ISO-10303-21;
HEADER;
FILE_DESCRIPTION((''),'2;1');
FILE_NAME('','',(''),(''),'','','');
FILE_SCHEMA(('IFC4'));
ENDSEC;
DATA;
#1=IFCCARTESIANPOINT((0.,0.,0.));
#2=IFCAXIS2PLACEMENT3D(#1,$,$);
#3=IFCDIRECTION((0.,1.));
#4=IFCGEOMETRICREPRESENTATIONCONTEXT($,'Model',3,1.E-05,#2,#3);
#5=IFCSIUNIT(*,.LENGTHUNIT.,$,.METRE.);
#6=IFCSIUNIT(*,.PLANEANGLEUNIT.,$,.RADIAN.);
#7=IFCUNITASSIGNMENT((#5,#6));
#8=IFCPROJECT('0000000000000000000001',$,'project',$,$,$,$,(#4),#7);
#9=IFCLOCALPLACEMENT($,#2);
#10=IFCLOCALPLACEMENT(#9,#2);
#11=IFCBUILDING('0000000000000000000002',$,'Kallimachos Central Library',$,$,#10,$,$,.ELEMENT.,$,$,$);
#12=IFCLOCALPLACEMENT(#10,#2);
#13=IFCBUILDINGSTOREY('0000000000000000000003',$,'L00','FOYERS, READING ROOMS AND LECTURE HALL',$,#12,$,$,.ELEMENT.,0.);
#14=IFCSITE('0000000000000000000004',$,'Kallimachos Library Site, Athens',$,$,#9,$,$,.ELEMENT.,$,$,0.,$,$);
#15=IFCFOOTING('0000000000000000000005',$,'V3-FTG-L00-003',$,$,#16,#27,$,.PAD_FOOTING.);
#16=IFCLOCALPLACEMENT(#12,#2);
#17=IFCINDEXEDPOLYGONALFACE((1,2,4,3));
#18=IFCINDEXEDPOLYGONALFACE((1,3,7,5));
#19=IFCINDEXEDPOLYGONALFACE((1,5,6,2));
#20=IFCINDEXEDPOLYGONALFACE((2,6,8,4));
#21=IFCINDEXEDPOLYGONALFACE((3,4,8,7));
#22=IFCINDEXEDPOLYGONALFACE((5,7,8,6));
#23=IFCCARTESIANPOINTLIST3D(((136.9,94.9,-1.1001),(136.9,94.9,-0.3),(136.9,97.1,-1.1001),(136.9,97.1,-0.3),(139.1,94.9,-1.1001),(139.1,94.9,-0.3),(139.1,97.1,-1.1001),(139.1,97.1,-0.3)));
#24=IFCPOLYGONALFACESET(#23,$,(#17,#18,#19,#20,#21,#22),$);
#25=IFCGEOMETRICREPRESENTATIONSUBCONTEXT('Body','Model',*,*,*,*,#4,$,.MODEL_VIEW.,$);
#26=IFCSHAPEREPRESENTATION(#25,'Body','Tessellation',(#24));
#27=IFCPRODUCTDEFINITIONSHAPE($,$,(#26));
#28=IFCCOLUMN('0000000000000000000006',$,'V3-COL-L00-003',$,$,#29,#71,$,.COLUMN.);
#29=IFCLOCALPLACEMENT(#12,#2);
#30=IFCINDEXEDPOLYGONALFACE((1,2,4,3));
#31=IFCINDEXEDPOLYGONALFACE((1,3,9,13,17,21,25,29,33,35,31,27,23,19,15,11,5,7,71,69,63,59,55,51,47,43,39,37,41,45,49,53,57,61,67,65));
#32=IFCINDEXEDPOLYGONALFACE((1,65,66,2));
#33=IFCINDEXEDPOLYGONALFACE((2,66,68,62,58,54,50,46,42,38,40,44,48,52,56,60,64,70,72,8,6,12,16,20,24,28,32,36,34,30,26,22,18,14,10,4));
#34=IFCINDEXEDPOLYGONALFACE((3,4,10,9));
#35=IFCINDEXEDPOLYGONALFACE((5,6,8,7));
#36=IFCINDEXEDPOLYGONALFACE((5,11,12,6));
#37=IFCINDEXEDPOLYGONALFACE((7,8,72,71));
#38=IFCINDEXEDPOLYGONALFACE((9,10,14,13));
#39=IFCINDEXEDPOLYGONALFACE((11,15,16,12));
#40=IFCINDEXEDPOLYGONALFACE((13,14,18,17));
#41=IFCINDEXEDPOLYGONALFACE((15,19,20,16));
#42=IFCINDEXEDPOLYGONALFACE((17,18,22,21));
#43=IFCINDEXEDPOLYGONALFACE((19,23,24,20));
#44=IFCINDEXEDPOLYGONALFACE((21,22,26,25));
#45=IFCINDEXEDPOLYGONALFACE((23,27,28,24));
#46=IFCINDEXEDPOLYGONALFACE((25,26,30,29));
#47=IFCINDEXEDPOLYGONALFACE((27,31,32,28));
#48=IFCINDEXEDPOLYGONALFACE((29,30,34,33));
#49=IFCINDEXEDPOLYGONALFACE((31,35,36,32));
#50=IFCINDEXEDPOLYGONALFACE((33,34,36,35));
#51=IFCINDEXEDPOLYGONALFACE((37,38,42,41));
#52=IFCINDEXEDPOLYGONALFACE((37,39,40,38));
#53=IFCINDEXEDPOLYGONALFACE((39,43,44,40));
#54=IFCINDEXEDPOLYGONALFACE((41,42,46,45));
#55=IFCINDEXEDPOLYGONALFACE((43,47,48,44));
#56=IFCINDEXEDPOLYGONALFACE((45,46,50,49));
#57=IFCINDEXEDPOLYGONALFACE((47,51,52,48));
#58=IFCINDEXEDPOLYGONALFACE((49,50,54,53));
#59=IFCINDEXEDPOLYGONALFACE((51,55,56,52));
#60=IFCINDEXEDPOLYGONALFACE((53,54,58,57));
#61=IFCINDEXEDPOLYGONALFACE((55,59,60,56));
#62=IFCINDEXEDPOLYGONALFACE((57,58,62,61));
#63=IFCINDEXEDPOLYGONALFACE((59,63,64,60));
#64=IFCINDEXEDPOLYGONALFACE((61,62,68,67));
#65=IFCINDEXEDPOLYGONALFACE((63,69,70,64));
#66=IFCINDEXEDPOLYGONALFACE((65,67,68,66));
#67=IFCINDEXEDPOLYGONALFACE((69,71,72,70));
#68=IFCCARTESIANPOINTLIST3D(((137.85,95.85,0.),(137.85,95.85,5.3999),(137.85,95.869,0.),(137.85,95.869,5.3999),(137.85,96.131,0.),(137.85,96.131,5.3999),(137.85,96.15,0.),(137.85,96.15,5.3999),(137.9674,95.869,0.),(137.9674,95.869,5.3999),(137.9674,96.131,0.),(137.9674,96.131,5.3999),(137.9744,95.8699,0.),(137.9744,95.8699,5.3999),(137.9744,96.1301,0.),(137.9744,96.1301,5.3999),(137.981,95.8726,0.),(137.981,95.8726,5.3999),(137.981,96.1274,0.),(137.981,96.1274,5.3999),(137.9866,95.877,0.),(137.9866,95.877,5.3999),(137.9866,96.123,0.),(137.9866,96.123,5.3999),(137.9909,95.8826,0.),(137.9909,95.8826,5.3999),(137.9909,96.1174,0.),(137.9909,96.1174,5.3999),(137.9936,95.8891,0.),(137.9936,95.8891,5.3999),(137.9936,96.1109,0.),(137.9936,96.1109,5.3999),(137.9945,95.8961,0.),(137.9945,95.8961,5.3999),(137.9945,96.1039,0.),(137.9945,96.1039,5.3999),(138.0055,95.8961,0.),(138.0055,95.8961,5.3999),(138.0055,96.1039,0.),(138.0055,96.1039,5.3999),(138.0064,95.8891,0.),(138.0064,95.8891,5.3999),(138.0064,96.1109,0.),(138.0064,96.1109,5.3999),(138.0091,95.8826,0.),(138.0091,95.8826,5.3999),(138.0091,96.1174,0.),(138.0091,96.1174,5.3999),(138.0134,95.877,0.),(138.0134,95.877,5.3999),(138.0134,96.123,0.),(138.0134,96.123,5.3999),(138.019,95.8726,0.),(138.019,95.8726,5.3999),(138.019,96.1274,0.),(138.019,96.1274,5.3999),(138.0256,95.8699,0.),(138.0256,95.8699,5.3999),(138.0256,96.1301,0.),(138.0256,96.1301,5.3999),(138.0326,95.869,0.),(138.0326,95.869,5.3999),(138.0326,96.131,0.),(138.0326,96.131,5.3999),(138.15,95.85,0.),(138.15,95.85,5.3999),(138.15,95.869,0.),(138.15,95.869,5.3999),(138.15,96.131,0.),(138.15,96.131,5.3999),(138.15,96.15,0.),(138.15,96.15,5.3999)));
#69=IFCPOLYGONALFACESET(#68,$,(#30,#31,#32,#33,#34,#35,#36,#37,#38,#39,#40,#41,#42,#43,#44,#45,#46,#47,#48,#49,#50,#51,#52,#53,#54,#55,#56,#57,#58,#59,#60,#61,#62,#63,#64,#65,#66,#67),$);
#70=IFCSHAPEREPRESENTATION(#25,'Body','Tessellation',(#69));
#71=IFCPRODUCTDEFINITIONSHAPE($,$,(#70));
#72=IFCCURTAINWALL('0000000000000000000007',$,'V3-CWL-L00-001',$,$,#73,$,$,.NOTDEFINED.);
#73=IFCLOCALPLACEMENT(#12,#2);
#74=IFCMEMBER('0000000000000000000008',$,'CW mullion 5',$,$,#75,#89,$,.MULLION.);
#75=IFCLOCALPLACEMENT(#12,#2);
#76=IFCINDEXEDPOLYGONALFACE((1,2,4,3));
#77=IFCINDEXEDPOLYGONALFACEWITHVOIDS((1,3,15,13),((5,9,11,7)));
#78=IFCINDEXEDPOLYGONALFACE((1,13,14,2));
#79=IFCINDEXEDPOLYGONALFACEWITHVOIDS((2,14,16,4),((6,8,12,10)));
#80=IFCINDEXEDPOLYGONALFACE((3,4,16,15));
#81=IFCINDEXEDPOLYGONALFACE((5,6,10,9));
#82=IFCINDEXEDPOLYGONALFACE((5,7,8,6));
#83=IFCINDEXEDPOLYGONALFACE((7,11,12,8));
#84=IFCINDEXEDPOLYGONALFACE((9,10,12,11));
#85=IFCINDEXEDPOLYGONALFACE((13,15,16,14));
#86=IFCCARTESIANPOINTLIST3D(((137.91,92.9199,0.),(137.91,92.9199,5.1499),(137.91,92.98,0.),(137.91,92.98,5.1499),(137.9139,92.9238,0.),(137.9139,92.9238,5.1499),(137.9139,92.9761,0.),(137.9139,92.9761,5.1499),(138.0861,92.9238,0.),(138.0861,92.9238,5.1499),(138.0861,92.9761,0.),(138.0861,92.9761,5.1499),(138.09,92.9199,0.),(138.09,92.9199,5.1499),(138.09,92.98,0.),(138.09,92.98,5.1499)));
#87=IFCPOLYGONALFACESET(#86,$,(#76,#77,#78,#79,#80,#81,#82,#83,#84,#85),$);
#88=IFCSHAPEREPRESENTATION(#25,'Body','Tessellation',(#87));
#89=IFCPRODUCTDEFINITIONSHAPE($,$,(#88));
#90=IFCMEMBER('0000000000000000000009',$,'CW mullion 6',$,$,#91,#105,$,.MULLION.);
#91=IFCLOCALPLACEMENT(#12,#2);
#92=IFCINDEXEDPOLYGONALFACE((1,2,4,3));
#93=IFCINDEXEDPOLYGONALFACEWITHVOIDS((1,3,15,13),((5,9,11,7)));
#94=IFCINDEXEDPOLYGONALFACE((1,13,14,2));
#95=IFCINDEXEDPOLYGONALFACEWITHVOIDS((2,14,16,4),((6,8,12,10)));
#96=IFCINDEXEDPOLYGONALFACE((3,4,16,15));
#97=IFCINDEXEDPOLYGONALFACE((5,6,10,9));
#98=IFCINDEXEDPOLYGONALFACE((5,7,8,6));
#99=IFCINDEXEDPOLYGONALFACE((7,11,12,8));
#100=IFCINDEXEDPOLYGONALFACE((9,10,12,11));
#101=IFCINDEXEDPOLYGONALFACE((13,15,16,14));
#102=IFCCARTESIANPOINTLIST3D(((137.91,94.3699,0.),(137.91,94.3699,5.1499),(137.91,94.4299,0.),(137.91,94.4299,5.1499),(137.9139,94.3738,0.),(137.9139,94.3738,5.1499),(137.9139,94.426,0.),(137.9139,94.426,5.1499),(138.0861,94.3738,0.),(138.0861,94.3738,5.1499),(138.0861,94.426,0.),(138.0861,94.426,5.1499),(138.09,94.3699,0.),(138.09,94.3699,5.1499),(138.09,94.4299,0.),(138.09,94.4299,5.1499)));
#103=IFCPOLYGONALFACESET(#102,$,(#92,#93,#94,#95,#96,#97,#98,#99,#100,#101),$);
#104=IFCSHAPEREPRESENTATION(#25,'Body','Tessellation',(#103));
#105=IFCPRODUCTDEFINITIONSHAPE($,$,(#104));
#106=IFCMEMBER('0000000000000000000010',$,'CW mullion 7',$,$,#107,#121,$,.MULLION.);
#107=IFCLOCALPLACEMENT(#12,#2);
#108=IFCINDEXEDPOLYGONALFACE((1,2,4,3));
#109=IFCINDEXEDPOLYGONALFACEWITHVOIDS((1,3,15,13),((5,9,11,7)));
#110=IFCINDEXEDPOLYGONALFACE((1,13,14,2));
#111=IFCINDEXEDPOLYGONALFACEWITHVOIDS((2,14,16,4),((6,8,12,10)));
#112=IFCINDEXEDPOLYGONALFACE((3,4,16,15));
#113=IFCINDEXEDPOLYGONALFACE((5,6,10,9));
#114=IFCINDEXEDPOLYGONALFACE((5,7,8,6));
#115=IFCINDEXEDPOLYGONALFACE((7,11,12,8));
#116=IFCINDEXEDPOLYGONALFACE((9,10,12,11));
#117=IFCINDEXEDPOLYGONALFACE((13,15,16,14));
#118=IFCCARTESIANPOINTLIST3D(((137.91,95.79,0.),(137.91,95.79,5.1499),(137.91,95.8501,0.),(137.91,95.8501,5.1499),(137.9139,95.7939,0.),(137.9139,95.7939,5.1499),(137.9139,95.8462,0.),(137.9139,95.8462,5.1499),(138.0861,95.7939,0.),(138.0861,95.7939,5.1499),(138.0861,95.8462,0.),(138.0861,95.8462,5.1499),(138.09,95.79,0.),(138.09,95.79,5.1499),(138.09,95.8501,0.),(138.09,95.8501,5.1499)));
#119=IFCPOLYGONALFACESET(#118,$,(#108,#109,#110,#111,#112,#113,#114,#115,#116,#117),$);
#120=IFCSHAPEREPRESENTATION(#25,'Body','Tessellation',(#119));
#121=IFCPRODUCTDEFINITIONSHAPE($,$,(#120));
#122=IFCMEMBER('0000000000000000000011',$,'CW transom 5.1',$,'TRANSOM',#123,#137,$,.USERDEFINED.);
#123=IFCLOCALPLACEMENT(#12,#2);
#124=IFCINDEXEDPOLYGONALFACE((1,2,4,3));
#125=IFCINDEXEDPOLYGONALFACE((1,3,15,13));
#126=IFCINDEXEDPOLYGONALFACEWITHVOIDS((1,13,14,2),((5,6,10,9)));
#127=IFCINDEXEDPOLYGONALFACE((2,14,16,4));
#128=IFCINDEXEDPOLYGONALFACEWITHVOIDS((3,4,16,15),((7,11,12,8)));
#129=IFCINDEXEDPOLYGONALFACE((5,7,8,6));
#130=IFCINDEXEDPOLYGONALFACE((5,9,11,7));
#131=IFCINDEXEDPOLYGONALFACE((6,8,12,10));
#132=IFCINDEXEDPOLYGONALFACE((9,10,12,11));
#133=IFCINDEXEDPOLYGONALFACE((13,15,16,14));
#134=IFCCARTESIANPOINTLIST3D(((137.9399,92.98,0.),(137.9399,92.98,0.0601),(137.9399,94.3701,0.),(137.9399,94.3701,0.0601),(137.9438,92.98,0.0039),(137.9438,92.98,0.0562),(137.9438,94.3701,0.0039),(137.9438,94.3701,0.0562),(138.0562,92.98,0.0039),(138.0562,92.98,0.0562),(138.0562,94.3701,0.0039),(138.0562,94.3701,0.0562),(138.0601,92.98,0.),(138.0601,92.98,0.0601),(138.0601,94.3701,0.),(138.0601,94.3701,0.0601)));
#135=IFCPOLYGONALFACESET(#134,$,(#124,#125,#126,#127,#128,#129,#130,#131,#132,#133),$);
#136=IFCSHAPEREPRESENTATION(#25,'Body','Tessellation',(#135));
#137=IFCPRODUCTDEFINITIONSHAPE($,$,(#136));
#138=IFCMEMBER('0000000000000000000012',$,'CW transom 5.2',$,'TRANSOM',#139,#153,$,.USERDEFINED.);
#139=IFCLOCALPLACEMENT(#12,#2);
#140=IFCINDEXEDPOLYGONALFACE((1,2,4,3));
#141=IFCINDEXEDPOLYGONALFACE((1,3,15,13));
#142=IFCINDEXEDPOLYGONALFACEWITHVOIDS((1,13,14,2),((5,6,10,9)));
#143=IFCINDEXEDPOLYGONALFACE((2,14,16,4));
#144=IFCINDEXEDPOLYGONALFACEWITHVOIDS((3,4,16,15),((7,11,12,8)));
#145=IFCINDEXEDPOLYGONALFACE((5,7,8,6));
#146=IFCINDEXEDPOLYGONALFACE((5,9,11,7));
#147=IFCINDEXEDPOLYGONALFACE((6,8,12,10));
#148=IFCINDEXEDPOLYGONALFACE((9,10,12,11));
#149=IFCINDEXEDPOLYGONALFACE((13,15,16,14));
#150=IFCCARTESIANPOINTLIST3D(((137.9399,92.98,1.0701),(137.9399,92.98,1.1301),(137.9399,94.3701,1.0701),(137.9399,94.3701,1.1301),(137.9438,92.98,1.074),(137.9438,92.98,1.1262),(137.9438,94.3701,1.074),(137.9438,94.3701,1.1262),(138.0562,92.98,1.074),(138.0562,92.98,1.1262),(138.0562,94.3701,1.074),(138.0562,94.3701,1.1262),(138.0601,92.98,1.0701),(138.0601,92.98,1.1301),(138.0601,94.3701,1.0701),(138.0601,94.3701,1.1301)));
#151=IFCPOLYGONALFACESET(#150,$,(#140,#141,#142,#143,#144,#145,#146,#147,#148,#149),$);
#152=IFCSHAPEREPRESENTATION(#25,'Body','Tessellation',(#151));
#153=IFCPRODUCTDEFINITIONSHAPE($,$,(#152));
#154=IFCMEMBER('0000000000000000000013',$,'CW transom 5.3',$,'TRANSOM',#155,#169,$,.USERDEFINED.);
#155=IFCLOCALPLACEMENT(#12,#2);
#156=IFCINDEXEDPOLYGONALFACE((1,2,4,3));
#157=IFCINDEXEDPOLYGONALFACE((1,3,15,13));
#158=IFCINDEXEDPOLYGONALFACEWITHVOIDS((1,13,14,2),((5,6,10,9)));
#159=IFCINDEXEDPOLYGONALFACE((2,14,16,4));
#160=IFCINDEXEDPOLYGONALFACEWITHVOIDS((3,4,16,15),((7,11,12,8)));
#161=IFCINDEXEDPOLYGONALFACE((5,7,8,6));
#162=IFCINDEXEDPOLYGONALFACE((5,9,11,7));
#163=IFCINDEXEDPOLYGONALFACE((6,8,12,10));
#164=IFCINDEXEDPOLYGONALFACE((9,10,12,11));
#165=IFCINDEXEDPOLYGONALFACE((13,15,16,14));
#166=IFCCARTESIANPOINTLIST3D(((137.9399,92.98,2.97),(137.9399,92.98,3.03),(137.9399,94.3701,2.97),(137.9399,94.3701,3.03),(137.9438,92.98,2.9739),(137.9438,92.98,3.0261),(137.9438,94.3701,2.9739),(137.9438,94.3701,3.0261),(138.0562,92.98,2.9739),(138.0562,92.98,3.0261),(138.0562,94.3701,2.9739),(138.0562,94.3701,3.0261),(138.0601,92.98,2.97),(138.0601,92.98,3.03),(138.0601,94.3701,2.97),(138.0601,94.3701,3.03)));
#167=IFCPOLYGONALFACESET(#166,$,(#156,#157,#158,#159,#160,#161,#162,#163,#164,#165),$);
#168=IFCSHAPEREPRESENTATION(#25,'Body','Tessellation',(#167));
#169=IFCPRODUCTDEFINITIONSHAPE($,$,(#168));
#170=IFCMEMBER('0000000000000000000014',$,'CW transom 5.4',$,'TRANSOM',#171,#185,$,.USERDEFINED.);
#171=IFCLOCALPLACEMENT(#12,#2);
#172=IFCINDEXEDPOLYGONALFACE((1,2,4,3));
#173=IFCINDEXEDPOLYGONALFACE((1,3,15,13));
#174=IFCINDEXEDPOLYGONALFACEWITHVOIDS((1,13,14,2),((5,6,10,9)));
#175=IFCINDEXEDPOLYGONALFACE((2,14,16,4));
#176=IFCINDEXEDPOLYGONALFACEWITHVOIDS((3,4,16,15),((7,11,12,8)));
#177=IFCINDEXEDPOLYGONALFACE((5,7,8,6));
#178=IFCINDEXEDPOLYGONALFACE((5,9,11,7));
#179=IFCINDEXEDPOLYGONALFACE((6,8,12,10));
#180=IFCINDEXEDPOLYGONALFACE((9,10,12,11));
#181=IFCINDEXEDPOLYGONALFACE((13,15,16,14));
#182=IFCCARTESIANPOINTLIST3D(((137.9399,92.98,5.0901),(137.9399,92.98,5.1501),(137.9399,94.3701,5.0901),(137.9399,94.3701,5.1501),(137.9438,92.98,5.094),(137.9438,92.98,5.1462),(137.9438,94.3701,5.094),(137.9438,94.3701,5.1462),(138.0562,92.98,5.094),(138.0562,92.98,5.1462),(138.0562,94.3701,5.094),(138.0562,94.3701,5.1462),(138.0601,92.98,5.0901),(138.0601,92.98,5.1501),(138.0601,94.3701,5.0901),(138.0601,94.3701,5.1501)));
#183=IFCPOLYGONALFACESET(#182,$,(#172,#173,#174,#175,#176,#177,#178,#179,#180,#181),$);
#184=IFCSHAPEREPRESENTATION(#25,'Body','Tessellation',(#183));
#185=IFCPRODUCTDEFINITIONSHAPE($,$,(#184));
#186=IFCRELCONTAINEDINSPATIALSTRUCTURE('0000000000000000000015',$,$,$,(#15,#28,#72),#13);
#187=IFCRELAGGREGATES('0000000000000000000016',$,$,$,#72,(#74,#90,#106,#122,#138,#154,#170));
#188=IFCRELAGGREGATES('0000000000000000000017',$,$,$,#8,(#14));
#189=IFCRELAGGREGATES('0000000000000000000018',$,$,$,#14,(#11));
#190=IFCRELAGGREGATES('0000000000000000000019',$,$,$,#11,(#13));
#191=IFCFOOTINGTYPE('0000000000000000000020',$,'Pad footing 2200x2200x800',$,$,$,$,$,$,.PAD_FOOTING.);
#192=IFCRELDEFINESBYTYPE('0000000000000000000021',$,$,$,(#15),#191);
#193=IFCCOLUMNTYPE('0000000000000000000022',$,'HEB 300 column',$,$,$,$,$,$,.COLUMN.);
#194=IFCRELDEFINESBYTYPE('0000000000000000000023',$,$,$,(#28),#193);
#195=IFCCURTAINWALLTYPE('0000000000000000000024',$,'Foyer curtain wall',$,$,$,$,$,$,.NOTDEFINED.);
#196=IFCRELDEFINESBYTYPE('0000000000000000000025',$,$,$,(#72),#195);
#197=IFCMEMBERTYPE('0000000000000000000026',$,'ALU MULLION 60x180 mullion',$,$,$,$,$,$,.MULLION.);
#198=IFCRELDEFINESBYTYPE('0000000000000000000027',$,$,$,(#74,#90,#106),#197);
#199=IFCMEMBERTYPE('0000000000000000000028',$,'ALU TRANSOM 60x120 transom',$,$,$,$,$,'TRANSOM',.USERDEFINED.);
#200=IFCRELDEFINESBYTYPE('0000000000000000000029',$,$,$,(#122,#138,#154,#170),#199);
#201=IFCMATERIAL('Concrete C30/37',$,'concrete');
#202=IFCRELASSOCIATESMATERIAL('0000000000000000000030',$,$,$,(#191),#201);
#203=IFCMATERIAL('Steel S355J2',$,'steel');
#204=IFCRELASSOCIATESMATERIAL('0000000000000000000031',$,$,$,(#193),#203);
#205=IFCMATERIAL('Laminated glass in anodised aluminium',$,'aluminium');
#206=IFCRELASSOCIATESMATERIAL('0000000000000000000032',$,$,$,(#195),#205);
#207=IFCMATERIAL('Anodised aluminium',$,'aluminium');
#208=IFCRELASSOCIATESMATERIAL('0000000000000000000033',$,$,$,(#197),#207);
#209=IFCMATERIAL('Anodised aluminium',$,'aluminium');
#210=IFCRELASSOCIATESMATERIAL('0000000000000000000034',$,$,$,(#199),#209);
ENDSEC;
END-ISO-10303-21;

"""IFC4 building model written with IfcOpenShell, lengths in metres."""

from ifc_helpers import new_model, si_unit, direction, frame, origin, origin_2d, place, context, subcontext, project, spatial, rectangle, hollow_rectangle, i_section, extrude, material, material_profile, profile_set, type_object, element, aggregate, save


model = new_model("IFC4")

# Units and contexts
model_context = context("Model", 3, precision=1e-05, world=origin(), true_north=direction((0.0, 1.0)))
body_context = subcontext(model_context, "Body", "Model", "MODEL_VIEW")
ifc_project = project(units=[si_unit("LENGTHUNIT", "METRE"), si_unit("PLANEANGLEUNIT", "RADIAN")], contexts=[model_context])

# Site, building, storey
site_placement = place(None, origin())
site = spatial("IfcSite", under=ifc_project, at=site_placement, Name="Kallimachos Library Site, Athens", CompositionType="ELEMENT", RefElevation=0.0)
building_placement = place(site_placement, origin())
building = spatial("IfcBuilding", under=site, at=building_placement, Name="Kallimachos Central Library", CompositionType="ELEMENT")
storey_placement = place(building_placement, origin())
storey = spatial("IfcBuildingStorey", under=building, at=storey_placement, Name="L00", Description="FOYERS, READING ROOMS AND LECTURE HALL", CompositionType="ELEMENT", Elevation=0.0)

# Footing
ifc_material_1 = material(Name="Concrete C30/37", Category="concrete")
footing_type = type_object("IfcFootingType", Name="Pad footing 2200x2200x800", PredefinedType="PAD_FOOTING", material=ifc_material_1)
footing_placement = place(storey_placement, frame((138.0, 96.0, -1.1001), z_axis=(0.0, 0.0, 1.0), x_axis=(1.0, 0.0, 0.0)))
element("IfcFooting", 1, at=footing_placement, inside=storey, type_object=footing_type, Name="V3-FTG-L00-003", PredefinedType="PAD_FOOTING", context=body_context, shape_type="SweptSolid", body=[
    extrude(rectangle(XDim=2.2, YDim=2.2, at=origin_2d()), origin(), (0.0, 0.0, 1.0), 0.8),
])

# Column
ifc_material_2 = material(Name="Steel S355J2", Category="steel")
ifc_material_profile_1 = material_profile(ifc_material_2, i_section(OverallWidth=0.3, OverallDepth=0.3, WebThickness=0.011, FlangeThickness=0.019, FilletRadius=0.0271, at=origin_2d()), Name="HEB 300")
ifc_profile_set_1 = profile_set([ifc_material_profile_1], Name="Steel S355J2")
column_type = type_object("IfcColumnType", Name="HEB 300 column", PredefinedType="COLUMN", material=ifc_profile_set_1)
column_placement = place(storey_placement, frame((138.0, 96.0, 0.0), z_axis=(0.0, 0.0, 1.0), x_axis=(1.0, 0.0, 0.0)))
element("IfcColumn", 2, at=column_placement, inside=storey, type_object=column_type, Name="V3-COL-L00-003", PredefinedType="COLUMN", context=body_context, shape_type="SweptSolid", body=[
    extrude(i_section(OverallWidth=0.3, OverallDepth=0.3, WebThickness=0.011, FlangeThickness=0.019, FilletRadius=0.0271, at=origin_2d()), origin(), (0.0, 0.0, 1.0), 5.3999),
])

# Curtain wall, members
ifc_material_3 = material(Name="Laminated glass in anodised aluminium", Category="aluminium")
curtain_wall_type = type_object("IfcCurtainWallType", Name="Foyer curtain wall", PredefinedType="NOTDEFINED", material=ifc_material_3)
curtain_wall_placement = place(storey_placement, origin())
curtain_wall = element("IfcCurtainWall", 3, at=curtain_wall_placement, inside=storey, type_object=curtain_wall_type, Name="V3-CWL-L00-001", PredefinedType="NOTDEFINED")
ifc_material_4 = material(Name="Anodised aluminium", Category="aluminium")
ifc_material_profile_2 = material_profile(ifc_material_4, hollow_rectangle(XDim=0.0601, YDim=0.1799, WallThickness=0.0039, at=origin_2d()), Name="ALU MULLION 60x180")
ifc_profile_set_2 = profile_set([ifc_material_profile_2], Name="Anodised aluminium")
member_type_1 = type_object("IfcMemberType", Name="ALU MULLION 60x180 mullion", PredefinedType="MULLION", material=ifc_profile_set_2)
member_1_placement = place(storey_placement, frame((138.0, 92.95, 0.0), z_axis=(0.0, 0.0, 1.0), x_axis=(0.0, 1.0, 0.0)))
member_1 = element("IfcMember", 4, at=member_1_placement, type_object=member_type_1, Name="CW mullion 5", PredefinedType="MULLION", context=body_context, shape_type="SweptSolid", body=[
    extrude(hollow_rectangle(XDim=0.0601, YDim=0.1799, WallThickness=0.0039, at=origin_2d()), origin(), (0.0, 0.0, 1.0), 5.1499),
])
member_2_placement = place(storey_placement, frame((138.0, 94.3999, 0.0), z_axis=(0.0, 0.0, 1.0), x_axis=(0.0, 1.0, 0.0)))
member_2 = element("IfcMember", 5, at=member_2_placement, type_object=member_type_1, Name="CW mullion 6", PredefinedType="MULLION", context=body_context, shape_type="SweptSolid", body=[
    extrude(hollow_rectangle(XDim=0.0601, YDim=0.1799, WallThickness=0.0039, at=origin_2d()), origin(), (0.0, 0.0, 1.0), 5.1499),
])
member_3_placement = place(storey_placement, frame((138.0, 95.8201, 0.0), z_axis=(0.0, 0.0, 1.0), x_axis=(0.0, 1.0, 0.0)))
member_3 = element("IfcMember", 6, at=member_3_placement, type_object=member_type_1, Name="CW mullion 7", PredefinedType="MULLION", context=body_context, shape_type="SweptSolid", body=[
    extrude(hollow_rectangle(XDim=0.0601, YDim=0.1799, WallThickness=0.0039, at=origin_2d()), origin(), (0.0, 0.0, 1.0), 5.1499),
])
ifc_material_5 = material(Name="Anodised aluminium", Category="aluminium")
ifc_material_profile_3 = material_profile(ifc_material_5, hollow_rectangle(XDim=0.0601, YDim=0.1201, WallThickness=0.0039, at=origin_2d()), Name="ALU TRANSOM 60x120")
ifc_profile_set_3 = profile_set([ifc_material_profile_3], Name="Anodised aluminium")
member_type_2 = type_object("IfcMemberType", Name="ALU TRANSOM 60x120 transom", ElementType="TRANSOM", PredefinedType="USERDEFINED", material=ifc_profile_set_3)
member_4_placement = place(storey_placement, frame((138.0, 92.98, 0.03), z_axis=(0.0, 1.0, 0.0), x_axis=(0.0, 0.0, 1.0)))
member_4 = element("IfcMember", 7, at=member_4_placement, type_object=member_type_2, Name="CW transom 5.1", ObjectType="TRANSOM", PredefinedType="USERDEFINED", context=body_context, shape_type="SweptSolid", body=[
    extrude(hollow_rectangle(XDim=0.0601, YDim=0.1201, WallThickness=0.0039, at=origin_2d()), origin(), (0.0, 0.0, 1.0), 1.3901),
])
member_5_placement = place(storey_placement, frame((138.0, 92.98, 1.1001), z_axis=(0.0, 1.0, 0.0), x_axis=(0.0, 0.0, 1.0)))
member_5 = element("IfcMember", 8, at=member_5_placement, type_object=member_type_2, Name="CW transom 5.2", ObjectType="TRANSOM", PredefinedType="USERDEFINED", context=body_context, shape_type="SweptSolid", body=[
    extrude(hollow_rectangle(XDim=0.0601, YDim=0.1201, WallThickness=0.0039, at=origin_2d()), origin(), (0.0, 0.0, 1.0), 1.3901),
])
member_6_placement = place(storey_placement, frame((138.0, 92.98, 3.0), z_axis=(0.0, 1.0, 0.0), x_axis=(0.0, 0.0, 1.0)))
member_6 = element("IfcMember", 9, at=member_6_placement, type_object=member_type_2, Name="CW transom 5.3", ObjectType="TRANSOM", PredefinedType="USERDEFINED", context=body_context, shape_type="SweptSolid", body=[
    extrude(hollow_rectangle(XDim=0.0601, YDim=0.1201, WallThickness=0.0039, at=origin_2d()), origin(), (0.0, 0.0, 1.0), 1.3901),
])
member_7_placement = place(storey_placement, frame((138.0, 92.98, 5.1201), z_axis=(0.0, 1.0, 0.0), x_axis=(0.0, 0.0, 1.0)))
member_7 = element("IfcMember", 10, at=member_7_placement, type_object=member_type_2, Name="CW transom 5.4", ObjectType="TRANSOM", PredefinedType="USERDEFINED", context=body_context, shape_type="SweptSolid", body=[
    extrude(hollow_rectangle(XDim=0.0601, YDim=0.1201, WallThickness=0.0039, at=origin_2d()), origin(), (0.0, 0.0, 1.0), 1.3901),
])

aggregate(curtain_wall, [member_1, member_2, member_3, member_4, member_5, member_6, member_7])

save(model, "model.ifc")
